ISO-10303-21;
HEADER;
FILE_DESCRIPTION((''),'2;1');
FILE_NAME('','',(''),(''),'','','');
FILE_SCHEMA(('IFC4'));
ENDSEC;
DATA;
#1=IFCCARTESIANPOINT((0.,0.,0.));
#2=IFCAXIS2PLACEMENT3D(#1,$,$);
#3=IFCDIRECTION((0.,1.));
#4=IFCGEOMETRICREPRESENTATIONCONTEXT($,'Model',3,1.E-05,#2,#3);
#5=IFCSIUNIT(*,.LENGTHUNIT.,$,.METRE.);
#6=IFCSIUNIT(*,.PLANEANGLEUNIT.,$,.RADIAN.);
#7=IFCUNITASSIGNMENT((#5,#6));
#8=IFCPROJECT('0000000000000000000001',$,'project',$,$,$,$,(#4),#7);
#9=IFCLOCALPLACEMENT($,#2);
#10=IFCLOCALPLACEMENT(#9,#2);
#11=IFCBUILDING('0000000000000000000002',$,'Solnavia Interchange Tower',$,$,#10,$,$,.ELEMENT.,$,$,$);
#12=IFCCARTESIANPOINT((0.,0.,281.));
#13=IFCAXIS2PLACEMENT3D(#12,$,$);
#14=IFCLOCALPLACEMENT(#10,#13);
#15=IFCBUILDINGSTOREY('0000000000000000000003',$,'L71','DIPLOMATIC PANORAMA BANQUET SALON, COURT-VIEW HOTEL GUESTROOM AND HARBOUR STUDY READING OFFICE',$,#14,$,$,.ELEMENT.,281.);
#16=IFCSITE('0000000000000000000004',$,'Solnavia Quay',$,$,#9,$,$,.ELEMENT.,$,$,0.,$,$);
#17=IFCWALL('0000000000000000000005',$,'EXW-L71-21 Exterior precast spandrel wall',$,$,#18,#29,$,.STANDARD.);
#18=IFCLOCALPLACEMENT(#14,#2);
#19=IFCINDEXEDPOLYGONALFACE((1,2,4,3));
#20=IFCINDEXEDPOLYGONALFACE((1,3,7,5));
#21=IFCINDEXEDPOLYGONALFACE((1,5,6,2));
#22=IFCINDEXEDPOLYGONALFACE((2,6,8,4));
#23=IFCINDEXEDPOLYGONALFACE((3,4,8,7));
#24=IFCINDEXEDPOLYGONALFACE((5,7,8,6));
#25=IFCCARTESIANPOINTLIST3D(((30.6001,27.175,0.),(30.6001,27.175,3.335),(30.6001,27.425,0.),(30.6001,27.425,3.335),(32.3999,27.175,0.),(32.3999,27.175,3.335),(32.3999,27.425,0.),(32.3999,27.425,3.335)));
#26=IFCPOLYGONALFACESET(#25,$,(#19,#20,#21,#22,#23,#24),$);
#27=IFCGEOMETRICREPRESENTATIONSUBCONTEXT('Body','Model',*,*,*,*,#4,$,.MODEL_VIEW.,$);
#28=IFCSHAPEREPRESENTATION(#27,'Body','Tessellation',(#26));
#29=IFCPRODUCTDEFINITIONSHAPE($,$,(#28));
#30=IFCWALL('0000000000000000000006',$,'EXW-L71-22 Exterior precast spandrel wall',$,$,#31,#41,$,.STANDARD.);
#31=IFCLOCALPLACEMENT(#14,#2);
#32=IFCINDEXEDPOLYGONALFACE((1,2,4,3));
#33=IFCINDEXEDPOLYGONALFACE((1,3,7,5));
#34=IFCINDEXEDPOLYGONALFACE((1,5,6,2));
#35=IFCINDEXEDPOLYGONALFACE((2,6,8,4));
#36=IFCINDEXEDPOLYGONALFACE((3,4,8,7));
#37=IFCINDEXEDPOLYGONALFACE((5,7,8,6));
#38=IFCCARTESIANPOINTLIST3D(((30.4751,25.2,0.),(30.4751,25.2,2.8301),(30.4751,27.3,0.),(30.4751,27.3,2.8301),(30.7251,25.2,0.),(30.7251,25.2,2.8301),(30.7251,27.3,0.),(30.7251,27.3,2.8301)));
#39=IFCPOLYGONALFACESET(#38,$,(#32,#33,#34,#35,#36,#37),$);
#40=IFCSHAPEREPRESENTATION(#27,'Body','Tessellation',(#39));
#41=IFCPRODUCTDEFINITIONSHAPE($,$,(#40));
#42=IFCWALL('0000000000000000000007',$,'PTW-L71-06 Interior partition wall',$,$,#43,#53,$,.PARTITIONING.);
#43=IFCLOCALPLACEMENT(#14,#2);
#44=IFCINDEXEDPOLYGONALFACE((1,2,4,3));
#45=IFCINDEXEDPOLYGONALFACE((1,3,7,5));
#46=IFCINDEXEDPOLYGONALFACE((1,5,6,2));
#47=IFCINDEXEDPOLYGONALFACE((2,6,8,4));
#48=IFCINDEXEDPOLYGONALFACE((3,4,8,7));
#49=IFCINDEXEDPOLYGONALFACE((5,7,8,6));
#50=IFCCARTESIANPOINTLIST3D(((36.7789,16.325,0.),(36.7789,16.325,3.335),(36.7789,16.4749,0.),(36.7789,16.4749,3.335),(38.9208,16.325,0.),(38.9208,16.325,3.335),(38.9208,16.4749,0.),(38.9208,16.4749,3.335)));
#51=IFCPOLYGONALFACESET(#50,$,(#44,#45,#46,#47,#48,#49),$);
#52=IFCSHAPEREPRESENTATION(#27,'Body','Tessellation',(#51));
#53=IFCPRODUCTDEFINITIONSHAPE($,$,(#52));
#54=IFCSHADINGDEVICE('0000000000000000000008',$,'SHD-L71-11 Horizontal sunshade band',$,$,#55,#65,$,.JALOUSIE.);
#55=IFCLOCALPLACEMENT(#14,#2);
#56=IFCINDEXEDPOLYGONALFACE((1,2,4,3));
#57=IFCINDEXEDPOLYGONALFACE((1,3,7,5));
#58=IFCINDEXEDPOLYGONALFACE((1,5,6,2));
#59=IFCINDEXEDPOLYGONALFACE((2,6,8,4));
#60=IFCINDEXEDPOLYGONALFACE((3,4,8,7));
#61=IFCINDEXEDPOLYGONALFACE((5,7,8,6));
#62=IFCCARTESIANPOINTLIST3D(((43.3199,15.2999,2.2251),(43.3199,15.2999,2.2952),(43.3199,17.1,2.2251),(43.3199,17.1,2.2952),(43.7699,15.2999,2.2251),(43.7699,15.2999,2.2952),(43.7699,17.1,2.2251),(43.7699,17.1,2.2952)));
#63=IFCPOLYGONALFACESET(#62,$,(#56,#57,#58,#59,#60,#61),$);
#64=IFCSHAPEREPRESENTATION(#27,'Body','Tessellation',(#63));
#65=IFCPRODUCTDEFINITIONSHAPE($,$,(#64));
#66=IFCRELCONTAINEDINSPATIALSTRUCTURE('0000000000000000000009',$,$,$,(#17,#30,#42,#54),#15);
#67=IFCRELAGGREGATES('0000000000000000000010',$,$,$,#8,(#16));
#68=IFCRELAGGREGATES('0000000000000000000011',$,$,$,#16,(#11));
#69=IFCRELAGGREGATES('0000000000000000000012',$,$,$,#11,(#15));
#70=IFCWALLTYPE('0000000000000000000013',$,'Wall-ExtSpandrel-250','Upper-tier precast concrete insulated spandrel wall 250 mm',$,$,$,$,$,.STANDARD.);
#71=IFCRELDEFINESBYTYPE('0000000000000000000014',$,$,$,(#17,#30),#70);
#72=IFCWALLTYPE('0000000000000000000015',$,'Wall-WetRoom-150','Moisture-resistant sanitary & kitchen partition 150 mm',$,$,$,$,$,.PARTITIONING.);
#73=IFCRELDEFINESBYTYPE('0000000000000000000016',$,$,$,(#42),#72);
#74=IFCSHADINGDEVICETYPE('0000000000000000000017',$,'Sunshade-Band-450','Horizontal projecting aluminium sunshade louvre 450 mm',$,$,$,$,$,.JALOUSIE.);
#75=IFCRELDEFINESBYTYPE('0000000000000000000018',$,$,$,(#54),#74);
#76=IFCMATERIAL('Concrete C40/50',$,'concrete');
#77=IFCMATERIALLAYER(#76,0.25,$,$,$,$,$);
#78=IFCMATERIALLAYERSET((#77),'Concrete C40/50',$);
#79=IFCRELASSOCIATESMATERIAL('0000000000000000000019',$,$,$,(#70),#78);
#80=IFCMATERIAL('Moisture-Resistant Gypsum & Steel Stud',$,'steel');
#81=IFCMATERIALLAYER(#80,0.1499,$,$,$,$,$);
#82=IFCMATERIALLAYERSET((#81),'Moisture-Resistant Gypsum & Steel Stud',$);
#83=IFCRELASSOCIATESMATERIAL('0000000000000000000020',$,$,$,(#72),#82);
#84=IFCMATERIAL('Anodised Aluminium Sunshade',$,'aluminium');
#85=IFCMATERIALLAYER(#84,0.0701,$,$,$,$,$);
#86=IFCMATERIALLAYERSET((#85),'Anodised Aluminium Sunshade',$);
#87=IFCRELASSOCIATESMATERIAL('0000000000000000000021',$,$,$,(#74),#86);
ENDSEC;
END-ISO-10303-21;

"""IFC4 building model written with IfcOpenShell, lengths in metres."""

from ifc_helpers import new_model, si_unit, direction, frame, frame_2d, origin, origin_2d, place, context, subcontext, project, spatial, rectangle, extrude, material, layer, layer_set, type_object, element, save


model = new_model("IFC4")

# Units and contexts
model_context = context("Model", 3, precision=1e-05, world=origin(), true_north=direction((0.0, 1.0)))
body_context = subcontext(model_context, "Body", "Model", "MODEL_VIEW")
ifc_project = project(units=[si_unit("LENGTHUNIT", "METRE"), si_unit("PLANEANGLEUNIT", "RADIAN")], contexts=[model_context])

# Site, building, storey
site_placement = place(None, origin())
site = spatial("IfcSite", under=ifc_project, at=site_placement, Name="Solnavia Quay", CompositionType="ELEMENT", RefElevation=0.0)
building_placement = place(site_placement, origin())
building = spatial("IfcBuilding", under=site, at=building_placement, Name="Solnavia Interchange Tower", CompositionType="ELEMENT")
storey_placement = place(building_placement, frame((0.0, 0.0, 281.0)))
storey = spatial("IfcBuildingStorey", under=building, at=storey_placement, Name="L71", Description="DIPLOMATIC PANORAMA BANQUET SALON, COURT-VIEW HOTEL GUESTROOM AND HARBOUR STUDY READING OFFICE", CompositionType="ELEMENT", Elevation=281.0)

# Shared definitions
ifc_material_1 = material(Name="Concrete C40/50", Category="concrete")
ifc_layer_1 = layer(ifc_material_1, 0.25)
ifc_layer_set_1 = layer_set([ifc_layer_1], Name="Concrete C40/50")
wall_type_1 = type_object("IfcWallType", Name="Wall-ExtSpandrel-250", Description="Upper-tier precast concrete insulated spandrel wall 250 mm", PredefinedType="STANDARD", material=ifc_layer_set_1)

# Walls
wall_1_placement = place(storey_placement, frame((30.6001, 27.3, 0.0), z_axis=(0.0, 0.0, 1.0), x_axis=(1.0, 0.0, 0.0)))
element("IfcWall", 1, at=wall_1_placement, inside=storey, type_object=wall_type_1, Name="EXW-L71-21 Exterior precast spandrel wall", PredefinedType="STANDARD", context=body_context, shape_type="SweptSolid", body=[
    extrude(rectangle(XDim=1.7998, YDim=0.25, at=frame_2d((0.8999, 0.0))), origin(), (0.0, 0.0, 1.0), 3.335),
])
wall_2_placement = place(storey_placement, frame((30.6001, 27.3, 0.0), z_axis=(0.0, 0.0, 1.0), x_axis=(0.0, -1.0, 0.0)))
element("IfcWall", 2, at=wall_2_placement, inside=storey, type_object=wall_type_1, Name="EXW-L71-22 Exterior precast spandrel wall", PredefinedType="STANDARD", context=body_context, shape_type="SweptSolid", body=[
    extrude(rectangle(XDim=2.1001, YDim=0.25, at=frame_2d((1.05, 0.0))), origin(), (0.0, 0.0, 1.0), 2.8301),
])
ifc_material_2 = material(Name="Moisture-Resistant Gypsum & Steel Stud", Category="steel")
ifc_layer_2 = layer(ifc_material_2, 0.1499)
ifc_layer_set_2 = layer_set([ifc_layer_2], Name="Moisture-Resistant Gypsum & Steel Stud")
wall_type_2 = type_object("IfcWallType", Name="Wall-WetRoom-150", Description="Moisture-resistant sanitary & kitchen partition 150 mm", PredefinedType="PARTITIONING", material=ifc_layer_set_2)
wall_3_placement = place(storey_placement, frame((36.7791, 16.3999, 0.0), z_axis=(0.0, 0.0, 1.0), x_axis=(1.0, 0.0, 0.0)))
element("IfcWall", 3, at=wall_3_placement, inside=storey, type_object=wall_type_2, Name="PTW-L71-06 Interior partition wall", PredefinedType="PARTITIONING", context=body_context, shape_type="SweptSolid", body=[
    extrude(rectangle(XDim=2.1418, YDim=0.1499, at=frame_2d((1.0708, 0.0))), origin(), (0.0, 0.0, 1.0), 3.335),
])

# Shading device
ifc_material_3 = material(Name="Anodised Aluminium Sunshade", Category="aluminium")
ifc_layer_3 = layer(ifc_material_3, 0.0701)
ifc_layer_set_3 = layer_set([ifc_layer_3], Name="Anodised Aluminium Sunshade")
shading_device_type = type_object("IfcShadingDeviceType", Name="Sunshade-Band-450", Description="Horizontal projecting aluminium sunshade louvre 450 mm", PredefinedType="JALOUSIE", material=ifc_layer_set_3)
shading_device_placement = place(storey_placement, frame((43.5449, 16.2, 2.2251), z_axis=(0.0, 0.0, 1.0), x_axis=(0.0, -1.0, 0.0)))
element("IfcShadingDevice", 4, at=shading_device_placement, inside=storey, type_object=shading_device_type, Name="SHD-L71-11 Horizontal sunshade band", PredefinedType="JALOUSIE", context=body_context, shape_type="SweptSolid", body=[
    extrude(rectangle(XDim=1.8, YDim=0.45, at=origin_2d()), origin(), (0.0, 0.0, 1.0), 0.0701),
])

save(model, "model.ifc")
